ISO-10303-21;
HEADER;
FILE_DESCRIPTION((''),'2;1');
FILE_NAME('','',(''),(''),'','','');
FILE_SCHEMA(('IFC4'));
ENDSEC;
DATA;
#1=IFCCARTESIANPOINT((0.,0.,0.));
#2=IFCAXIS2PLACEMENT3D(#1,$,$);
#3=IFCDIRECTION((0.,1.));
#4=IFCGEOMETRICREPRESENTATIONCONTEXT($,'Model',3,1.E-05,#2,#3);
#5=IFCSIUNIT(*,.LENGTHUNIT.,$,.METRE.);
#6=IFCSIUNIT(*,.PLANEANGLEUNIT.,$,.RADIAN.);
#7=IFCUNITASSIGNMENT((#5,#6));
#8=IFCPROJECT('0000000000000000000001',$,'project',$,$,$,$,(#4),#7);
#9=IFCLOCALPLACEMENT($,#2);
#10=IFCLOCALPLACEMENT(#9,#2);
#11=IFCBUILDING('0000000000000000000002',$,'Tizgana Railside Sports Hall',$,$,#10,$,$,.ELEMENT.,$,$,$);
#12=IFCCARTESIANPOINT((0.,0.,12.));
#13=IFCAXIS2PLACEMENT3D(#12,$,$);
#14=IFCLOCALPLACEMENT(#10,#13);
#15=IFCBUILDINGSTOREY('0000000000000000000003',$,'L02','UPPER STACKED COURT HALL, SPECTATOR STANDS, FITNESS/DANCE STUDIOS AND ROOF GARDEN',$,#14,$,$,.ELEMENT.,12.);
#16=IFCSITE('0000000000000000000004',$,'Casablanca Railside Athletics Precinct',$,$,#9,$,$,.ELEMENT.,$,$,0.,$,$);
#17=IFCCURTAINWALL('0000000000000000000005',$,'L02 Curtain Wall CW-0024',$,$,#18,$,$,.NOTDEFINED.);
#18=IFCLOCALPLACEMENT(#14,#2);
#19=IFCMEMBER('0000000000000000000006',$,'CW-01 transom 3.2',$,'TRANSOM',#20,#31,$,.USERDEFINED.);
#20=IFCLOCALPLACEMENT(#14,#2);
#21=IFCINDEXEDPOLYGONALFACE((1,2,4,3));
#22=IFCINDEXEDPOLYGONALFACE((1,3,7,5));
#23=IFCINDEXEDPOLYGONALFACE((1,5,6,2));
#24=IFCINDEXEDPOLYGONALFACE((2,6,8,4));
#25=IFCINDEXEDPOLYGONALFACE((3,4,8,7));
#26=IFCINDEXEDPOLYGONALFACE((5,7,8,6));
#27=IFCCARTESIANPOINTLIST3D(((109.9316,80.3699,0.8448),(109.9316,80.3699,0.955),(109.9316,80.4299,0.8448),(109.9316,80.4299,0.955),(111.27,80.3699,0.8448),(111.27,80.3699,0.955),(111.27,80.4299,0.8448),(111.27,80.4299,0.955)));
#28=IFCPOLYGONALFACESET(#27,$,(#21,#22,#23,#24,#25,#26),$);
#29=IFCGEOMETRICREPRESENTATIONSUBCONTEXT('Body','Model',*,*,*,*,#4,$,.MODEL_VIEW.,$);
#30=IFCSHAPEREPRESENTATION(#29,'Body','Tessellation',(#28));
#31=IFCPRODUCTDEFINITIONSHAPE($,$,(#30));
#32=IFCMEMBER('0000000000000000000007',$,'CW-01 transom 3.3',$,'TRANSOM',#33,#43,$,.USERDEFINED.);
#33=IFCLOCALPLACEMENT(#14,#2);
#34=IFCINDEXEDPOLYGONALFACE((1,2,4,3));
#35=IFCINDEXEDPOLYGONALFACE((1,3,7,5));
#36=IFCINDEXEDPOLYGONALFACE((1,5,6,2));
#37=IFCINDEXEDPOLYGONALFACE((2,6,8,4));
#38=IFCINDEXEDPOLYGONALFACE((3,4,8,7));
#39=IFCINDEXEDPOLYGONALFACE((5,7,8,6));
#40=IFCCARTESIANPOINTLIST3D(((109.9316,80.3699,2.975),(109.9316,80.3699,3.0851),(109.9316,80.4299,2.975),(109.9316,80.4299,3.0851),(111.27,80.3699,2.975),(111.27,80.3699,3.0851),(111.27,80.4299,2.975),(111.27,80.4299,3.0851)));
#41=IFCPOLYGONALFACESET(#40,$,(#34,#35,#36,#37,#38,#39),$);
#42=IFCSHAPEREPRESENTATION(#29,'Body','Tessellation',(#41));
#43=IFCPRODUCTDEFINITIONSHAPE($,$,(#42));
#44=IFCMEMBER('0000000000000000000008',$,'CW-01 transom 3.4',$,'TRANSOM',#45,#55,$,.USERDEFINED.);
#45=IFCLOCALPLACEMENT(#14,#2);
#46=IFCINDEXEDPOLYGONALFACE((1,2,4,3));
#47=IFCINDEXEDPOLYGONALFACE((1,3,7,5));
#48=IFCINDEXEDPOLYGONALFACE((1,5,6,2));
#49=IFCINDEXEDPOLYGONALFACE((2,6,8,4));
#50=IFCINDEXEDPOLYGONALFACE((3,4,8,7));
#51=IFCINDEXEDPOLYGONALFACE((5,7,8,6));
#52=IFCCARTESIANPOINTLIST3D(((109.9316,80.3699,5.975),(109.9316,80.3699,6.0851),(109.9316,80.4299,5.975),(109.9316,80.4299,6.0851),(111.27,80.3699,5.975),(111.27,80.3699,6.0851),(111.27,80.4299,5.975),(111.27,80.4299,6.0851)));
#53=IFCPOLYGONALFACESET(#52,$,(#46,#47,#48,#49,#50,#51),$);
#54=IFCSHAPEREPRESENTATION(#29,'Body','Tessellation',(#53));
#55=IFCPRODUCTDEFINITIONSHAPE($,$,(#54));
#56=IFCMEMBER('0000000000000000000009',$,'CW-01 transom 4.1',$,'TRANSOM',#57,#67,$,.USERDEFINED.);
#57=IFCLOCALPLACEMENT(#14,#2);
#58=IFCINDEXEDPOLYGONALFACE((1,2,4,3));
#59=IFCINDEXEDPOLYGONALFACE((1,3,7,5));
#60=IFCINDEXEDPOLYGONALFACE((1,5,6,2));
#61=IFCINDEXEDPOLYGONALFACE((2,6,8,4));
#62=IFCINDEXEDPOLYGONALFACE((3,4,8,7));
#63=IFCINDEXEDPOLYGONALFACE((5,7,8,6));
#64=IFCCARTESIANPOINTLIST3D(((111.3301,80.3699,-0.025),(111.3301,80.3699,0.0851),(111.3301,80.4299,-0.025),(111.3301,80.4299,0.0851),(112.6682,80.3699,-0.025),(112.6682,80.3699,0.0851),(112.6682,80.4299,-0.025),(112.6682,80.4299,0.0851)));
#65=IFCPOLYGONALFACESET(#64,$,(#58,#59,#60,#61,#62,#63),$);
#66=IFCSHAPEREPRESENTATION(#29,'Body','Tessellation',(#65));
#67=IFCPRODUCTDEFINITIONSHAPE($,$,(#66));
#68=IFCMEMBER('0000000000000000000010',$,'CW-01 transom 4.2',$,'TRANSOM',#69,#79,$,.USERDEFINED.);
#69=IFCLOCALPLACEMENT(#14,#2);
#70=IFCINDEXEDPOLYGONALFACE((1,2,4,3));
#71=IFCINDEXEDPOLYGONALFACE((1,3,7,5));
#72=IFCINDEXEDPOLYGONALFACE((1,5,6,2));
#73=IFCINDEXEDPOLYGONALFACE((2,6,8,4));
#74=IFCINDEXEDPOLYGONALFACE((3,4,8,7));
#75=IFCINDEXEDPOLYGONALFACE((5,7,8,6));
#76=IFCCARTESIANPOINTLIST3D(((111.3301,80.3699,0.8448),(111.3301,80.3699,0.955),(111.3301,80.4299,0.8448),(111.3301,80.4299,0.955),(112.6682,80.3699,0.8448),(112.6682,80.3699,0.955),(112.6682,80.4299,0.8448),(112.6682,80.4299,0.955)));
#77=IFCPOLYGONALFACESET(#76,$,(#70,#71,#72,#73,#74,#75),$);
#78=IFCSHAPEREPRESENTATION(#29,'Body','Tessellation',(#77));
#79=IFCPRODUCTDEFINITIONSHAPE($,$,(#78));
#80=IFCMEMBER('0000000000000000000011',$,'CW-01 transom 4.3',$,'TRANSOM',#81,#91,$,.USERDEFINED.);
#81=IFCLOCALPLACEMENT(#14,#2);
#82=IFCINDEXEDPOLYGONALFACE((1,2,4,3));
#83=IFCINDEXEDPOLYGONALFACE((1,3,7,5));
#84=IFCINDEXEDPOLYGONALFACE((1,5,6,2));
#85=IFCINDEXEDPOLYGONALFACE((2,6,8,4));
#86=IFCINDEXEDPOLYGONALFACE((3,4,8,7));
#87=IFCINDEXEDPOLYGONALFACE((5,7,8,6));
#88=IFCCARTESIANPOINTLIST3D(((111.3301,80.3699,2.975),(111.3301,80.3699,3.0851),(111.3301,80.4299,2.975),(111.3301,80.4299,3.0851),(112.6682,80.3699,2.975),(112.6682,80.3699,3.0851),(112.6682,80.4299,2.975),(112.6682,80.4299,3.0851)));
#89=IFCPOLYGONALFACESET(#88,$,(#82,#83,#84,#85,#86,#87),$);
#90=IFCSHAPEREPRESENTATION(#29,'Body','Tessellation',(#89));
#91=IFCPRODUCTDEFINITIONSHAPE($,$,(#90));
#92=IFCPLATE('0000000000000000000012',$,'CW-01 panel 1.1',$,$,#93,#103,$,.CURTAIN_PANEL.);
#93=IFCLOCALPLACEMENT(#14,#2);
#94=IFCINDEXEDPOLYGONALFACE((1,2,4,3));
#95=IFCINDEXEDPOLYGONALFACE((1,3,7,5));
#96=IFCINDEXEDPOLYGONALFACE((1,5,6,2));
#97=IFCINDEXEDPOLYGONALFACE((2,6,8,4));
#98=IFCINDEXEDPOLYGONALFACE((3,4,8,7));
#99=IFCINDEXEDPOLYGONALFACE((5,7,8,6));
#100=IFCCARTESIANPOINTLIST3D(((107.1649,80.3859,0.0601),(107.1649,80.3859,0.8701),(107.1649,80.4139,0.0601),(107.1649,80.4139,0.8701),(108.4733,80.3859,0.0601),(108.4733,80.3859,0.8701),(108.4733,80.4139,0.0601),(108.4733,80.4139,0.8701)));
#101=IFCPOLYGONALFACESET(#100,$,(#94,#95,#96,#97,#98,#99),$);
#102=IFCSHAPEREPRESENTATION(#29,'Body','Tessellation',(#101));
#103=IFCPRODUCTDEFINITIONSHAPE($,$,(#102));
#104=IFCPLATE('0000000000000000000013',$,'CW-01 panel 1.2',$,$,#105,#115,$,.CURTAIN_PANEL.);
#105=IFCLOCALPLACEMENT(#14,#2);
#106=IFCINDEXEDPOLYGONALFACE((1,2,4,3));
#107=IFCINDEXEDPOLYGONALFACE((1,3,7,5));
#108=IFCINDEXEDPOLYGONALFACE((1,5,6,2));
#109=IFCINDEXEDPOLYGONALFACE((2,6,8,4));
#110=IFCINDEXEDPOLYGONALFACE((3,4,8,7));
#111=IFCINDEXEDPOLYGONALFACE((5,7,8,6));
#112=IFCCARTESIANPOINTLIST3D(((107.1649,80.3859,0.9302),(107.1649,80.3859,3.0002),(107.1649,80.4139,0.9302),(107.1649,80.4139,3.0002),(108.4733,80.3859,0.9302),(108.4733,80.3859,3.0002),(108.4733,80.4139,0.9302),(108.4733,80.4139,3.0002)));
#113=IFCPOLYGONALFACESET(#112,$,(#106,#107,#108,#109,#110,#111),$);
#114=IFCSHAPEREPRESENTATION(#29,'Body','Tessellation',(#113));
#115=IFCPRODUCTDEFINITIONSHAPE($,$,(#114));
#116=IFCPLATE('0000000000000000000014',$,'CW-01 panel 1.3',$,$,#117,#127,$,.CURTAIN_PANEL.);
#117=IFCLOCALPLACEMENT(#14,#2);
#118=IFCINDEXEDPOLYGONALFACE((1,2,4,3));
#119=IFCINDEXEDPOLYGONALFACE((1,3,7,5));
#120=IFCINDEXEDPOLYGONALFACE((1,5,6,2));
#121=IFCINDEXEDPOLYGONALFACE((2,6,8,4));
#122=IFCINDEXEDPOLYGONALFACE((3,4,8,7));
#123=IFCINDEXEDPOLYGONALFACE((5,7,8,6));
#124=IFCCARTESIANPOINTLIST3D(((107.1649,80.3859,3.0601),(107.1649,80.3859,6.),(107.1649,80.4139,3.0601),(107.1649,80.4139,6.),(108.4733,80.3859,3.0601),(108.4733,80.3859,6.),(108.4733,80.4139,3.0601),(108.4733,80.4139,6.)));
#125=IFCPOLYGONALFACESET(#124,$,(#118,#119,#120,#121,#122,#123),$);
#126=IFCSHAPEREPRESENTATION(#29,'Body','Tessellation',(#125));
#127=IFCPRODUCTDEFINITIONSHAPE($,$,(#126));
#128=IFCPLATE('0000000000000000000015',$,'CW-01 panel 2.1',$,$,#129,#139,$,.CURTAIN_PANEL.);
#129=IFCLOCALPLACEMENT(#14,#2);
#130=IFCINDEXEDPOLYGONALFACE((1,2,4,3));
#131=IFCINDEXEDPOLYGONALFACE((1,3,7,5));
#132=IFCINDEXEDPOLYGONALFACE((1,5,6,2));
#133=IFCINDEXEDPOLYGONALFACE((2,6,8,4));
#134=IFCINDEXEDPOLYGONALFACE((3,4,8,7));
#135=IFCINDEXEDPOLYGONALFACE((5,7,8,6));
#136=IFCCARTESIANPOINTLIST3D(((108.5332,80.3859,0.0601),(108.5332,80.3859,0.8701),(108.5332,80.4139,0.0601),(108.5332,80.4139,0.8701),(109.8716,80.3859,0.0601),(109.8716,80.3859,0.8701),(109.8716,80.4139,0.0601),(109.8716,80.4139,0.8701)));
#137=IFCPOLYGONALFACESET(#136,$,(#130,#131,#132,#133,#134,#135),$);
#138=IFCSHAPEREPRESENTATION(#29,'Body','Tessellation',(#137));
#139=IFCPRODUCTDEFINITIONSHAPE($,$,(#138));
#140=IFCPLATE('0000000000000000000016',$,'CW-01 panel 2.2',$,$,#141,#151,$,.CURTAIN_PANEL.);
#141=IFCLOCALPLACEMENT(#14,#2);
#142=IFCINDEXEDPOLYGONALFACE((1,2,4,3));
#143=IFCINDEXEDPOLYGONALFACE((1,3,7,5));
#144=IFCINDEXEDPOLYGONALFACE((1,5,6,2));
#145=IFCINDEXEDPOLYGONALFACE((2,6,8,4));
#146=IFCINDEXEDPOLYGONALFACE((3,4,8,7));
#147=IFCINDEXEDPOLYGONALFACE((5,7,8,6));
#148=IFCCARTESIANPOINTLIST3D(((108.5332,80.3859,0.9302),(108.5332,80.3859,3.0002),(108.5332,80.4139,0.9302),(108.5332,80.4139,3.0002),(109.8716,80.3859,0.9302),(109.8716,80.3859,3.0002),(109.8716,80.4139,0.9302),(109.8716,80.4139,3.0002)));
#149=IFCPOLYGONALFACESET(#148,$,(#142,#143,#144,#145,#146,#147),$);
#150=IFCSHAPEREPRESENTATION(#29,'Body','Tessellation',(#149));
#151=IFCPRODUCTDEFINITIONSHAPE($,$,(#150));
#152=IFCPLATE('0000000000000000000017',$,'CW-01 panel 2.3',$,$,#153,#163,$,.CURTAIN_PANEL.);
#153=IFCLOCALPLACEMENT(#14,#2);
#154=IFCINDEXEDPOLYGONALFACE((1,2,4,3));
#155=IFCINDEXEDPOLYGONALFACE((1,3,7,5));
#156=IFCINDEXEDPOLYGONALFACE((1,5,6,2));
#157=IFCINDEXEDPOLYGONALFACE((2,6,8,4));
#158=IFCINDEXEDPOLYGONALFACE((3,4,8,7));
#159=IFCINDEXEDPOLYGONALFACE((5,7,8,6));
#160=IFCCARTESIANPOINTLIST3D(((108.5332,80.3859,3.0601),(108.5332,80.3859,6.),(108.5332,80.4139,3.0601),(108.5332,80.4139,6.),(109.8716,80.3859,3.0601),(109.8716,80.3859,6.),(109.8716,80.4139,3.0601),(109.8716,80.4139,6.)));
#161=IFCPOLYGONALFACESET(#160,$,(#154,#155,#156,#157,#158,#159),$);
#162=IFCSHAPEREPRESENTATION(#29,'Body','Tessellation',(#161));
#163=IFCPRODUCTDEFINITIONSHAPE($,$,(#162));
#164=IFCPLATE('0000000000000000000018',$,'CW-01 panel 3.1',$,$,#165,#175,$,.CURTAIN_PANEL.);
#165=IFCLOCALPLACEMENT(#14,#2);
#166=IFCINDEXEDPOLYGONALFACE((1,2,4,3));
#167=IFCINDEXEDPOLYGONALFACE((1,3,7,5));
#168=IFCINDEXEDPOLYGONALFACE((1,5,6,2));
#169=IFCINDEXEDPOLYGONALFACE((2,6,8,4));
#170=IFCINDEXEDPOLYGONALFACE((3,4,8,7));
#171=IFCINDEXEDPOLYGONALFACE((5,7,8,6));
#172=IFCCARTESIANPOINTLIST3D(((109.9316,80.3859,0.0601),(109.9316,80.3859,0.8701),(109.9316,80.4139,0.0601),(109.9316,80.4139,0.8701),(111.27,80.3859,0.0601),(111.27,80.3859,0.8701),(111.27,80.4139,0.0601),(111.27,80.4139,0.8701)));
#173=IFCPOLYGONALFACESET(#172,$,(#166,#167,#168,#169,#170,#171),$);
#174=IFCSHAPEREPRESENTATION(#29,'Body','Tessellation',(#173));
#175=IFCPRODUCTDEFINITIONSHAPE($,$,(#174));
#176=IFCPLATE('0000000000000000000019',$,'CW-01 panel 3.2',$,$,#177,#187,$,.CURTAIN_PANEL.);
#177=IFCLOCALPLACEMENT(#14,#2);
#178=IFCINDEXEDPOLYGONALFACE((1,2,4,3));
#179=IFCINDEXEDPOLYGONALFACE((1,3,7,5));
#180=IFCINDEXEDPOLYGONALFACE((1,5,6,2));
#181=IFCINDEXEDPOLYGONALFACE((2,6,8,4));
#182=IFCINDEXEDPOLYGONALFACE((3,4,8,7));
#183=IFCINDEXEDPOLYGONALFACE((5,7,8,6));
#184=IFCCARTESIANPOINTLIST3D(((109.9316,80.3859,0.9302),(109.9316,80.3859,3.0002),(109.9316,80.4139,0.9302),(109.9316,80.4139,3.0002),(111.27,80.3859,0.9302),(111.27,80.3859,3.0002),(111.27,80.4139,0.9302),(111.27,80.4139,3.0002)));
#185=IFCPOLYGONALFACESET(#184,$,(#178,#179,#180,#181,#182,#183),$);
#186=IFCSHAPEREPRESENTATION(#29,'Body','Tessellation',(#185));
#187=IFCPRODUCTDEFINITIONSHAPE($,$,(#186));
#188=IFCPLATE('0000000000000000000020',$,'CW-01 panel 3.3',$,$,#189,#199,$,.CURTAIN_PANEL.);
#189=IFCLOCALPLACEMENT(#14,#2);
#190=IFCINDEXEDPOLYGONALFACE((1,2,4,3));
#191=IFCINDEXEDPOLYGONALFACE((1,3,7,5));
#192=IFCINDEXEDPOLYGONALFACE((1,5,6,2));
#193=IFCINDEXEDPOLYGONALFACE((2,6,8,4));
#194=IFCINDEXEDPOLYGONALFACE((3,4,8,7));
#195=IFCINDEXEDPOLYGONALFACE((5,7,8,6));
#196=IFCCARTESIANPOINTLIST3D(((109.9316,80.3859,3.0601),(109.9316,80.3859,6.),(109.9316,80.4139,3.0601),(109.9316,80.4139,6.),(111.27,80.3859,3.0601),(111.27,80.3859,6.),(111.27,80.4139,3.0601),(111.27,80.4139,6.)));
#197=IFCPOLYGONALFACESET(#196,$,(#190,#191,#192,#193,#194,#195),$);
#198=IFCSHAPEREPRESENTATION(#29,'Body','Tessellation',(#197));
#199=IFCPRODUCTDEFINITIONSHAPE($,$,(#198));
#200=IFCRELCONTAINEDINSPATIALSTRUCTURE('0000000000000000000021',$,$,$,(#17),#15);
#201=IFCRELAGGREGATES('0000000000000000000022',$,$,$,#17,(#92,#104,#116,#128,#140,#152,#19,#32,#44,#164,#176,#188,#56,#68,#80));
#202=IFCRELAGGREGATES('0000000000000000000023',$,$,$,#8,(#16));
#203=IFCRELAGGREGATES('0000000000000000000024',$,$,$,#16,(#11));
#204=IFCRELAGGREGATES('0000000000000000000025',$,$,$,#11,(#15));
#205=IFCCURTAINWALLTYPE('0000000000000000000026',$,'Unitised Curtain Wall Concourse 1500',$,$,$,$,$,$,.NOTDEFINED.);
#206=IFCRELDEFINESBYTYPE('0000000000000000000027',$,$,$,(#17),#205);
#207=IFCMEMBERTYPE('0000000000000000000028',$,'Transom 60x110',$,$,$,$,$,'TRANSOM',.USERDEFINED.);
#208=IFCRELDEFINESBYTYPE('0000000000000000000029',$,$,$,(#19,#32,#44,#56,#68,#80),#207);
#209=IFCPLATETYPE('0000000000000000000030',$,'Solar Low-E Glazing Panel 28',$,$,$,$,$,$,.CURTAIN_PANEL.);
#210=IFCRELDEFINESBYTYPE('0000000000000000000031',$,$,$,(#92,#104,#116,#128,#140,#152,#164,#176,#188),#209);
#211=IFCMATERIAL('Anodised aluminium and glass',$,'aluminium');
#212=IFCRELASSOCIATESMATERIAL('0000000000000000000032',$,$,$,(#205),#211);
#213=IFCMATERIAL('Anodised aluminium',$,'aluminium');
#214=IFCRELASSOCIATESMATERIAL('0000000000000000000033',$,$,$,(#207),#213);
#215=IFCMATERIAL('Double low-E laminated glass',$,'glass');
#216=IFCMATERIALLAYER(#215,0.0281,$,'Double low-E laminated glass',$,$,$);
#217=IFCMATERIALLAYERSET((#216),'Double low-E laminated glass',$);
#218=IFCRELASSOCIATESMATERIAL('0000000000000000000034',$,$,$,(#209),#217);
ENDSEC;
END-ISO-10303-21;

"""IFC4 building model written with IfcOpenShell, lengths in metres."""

from ifc_helpers import new_model, si_unit, direction, frame, origin, origin_2d, place, context, subcontext, project, spatial, rectangle, extrude, material, layer, layer_set, material_profile, profile_set, type_object, element, aggregate, save


model = new_model("IFC4")

# Units and contexts
model_context = context("Model", 3, precision=1e-05, world=origin(), true_north=direction((0.0, 1.0)))
body_context = subcontext(model_context, "Body", "Model", "MODEL_VIEW")
ifc_project = project(units=[si_unit("LENGTHUNIT", "METRE"), si_unit("PLANEANGLEUNIT", "RADIAN")], contexts=[model_context])

# Site, building, storey
site_placement = place(None, origin())
site = spatial("IfcSite", under=ifc_project, at=site_placement, Name="Casablanca Railside Athletics Precinct", CompositionType="ELEMENT", RefElevation=0.0)
building_placement = place(site_placement, origin())
building = spatial("IfcBuilding", under=site, at=building_placement, Name="Tizgana Railside Sports Hall", CompositionType="ELEMENT")
storey_placement = place(building_placement, frame((0.0, 0.0, 12.0)))
storey = spatial("IfcBuildingStorey", under=building, at=storey_placement, Name="L02", Description="UPPER STACKED COURT HALL, SPECTATOR STANDS, FITNESS/DANCE STUDIOS AND ROOF GARDEN", CompositionType="ELEMENT", Elevation=12.0)

# Curtain wall, members, plates
ifc_material_1 = material(Name="Anodised aluminium and glass", Category="aluminium")
curtain_wall_type = type_object("IfcCurtainWallType", Name="Unitised Curtain Wall Concourse 1500", PredefinedType="NOTDEFINED", material=ifc_material_1)
curtain_wall_placement = place(storey_placement, origin())
curtain_wall = element("IfcCurtainWall", 1, at=curtain_wall_placement, inside=storey, type_object=curtain_wall_type, Name="L02 Curtain Wall CW-0024", PredefinedType="NOTDEFINED")
ifc_material_2 = material(Name="Anodised aluminium", Category="aluminium")
ifc_material_profile_1 = material_profile(ifc_material_2, rectangle(XDim=0.0601, YDim=0.1101, at=origin_2d()), Name="Transom 60x110")
ifc_profile_set_1 = profile_set([ifc_material_profile_1], Name="Anodised aluminium")
member_type_1 = type_object("IfcMemberType", Name="Transom 60x110", ElementType="TRANSOM", PredefinedType="USERDEFINED", material=ifc_profile_set_1)
member_1_placement = place(storey_placement, frame((109.9316, 80.3999, 0.8999), z_axis=(1.0, 0.0, 0.0), x_axis=(0.0, 1.0, 0.0)))
member_1 = element("IfcMember", 2, at=member_1_placement, type_object=member_type_1, Name="CW-01 transom 3.2", ObjectType="TRANSOM", PredefinedType="USERDEFINED", context=body_context, shape_type="SweptSolid", body=[
    extrude(rectangle(XDim=0.0601, YDim=0.1101, at=origin_2d()), origin(), (0.0, 0.0, 1.0), 1.3384),
])
member_2_placement = place(storey_placement, frame((109.9316, 80.3999, 3.03), z_axis=(1.0, 0.0, 0.0), x_axis=(0.0, 1.0, 0.0)))
member_2 = element("IfcMember", 3, at=member_2_placement, type_object=member_type_1, Name="CW-01 transom 3.3", ObjectType="TRANSOM", PredefinedType="USERDEFINED", context=body_context, shape_type="SweptSolid", body=[
    extrude(rectangle(XDim=0.0601, YDim=0.1101, at=origin_2d()), origin(), (0.0, 0.0, 1.0), 1.3384),
])
member_3_placement = place(storey_placement, frame((109.9316, 80.3999, 6.03), z_axis=(1.0, 0.0, 0.0), x_axis=(0.0, 1.0, 0.0)))
member_3 = element("IfcMember", 4, at=member_3_placement, type_object=member_type_1, Name="CW-01 transom 3.4", ObjectType="TRANSOM", PredefinedType="USERDEFINED", context=body_context, shape_type="SweptSolid", body=[
    extrude(rectangle(XDim=0.0601, YDim=0.1101, at=origin_2d()), origin(), (0.0, 0.0, 1.0), 1.3384),
])
member_4_placement = place(storey_placement, frame((111.3301, 80.3999, 0.03), z_axis=(1.0, 0.0, 0.0), x_axis=(0.0, 1.0, 0.0)))
member_4 = element("IfcMember", 5, at=member_4_placement, type_object=member_type_1, Name="CW-01 transom 4.1", ObjectType="TRANSOM", PredefinedType="USERDEFINED", context=body_context, shape_type="SweptSolid", body=[
    extrude(rectangle(XDim=0.0601, YDim=0.1101, at=origin_2d()), origin(), (0.0, 0.0, 1.0), 1.3381),
])
member_5_placement = place(storey_placement, frame((111.3301, 80.3999, 0.8999), z_axis=(1.0, 0.0, 0.0), x_axis=(0.0, 1.0, 0.0)))
member_5 = element("IfcMember", 6, at=member_5_placement, type_object=member_type_1, Name="CW-01 transom 4.2", ObjectType="TRANSOM", PredefinedType="USERDEFINED", context=body_context, shape_type="SweptSolid", body=[
    extrude(rectangle(XDim=0.0601, YDim=0.1101, at=origin_2d()), origin(), (0.0, 0.0, 1.0), 1.3381),
])
member_6_placement = place(storey_placement, frame((111.3301, 80.3999, 3.03), z_axis=(1.0, 0.0, 0.0), x_axis=(0.0, 1.0, 0.0)))
member_6 = element("IfcMember", 7, at=member_6_placement, type_object=member_type_1, Name="CW-01 transom 4.3", ObjectType="TRANSOM", PredefinedType="USERDEFINED", context=body_context, shape_type="SweptSolid", body=[
    extrude(rectangle(XDim=0.0601, YDim=0.1101, at=origin_2d()), origin(), (0.0, 0.0, 1.0), 1.3381),
])
ifc_material_3 = material(Name="Double low-E laminated glass", Category="glass")
ifc_layer_1 = layer(ifc_material_3, 0.0281, Name="Double low-E laminated glass")
ifc_layer_set_1 = layer_set([ifc_layer_1], Name="Double low-E laminated glass")
plate_type = type_object("IfcPlateType", Name="Solar Low-E Glazing Panel 28", PredefinedType="CURTAIN_PANEL", material=ifc_layer_set_1)
plate_1_placement = place(storey_placement, frame((107.8191, 80.3999, 0.0601), z_axis=(0.0, 0.0, 1.0), x_axis=(1.0, 0.0, 0.0)))
plate_1 = element("IfcPlate", 8, at=plate_1_placement, type_object=plate_type, Name="CW-01 panel 1.1", PredefinedType="CURTAIN_PANEL", context=body_context, shape_type="SweptSolid", body=[
    extrude(rectangle(XDim=1.3083, YDim=0.0281, at=origin_2d()), origin(), (0.0, 0.0, 1.0), 0.8101),
])
plate_2_placement = place(storey_placement, frame((107.8191, 80.3999, 0.9302), z_axis=(0.0, 0.0, 1.0), x_axis=(1.0, 0.0, 0.0)))
plate_2 = element("IfcPlate", 9, at=plate_2_placement, type_object=plate_type, Name="CW-01 panel 1.2", PredefinedType="CURTAIN_PANEL", context=body_context, shape_type="SweptSolid", body=[
    extrude(rectangle(XDim=1.3083, YDim=0.0281, at=origin_2d()), origin(), (0.0, 0.0, 1.0), 2.0701),
])
plate_3_placement = place(storey_placement, frame((107.8191, 80.3999, 3.0601), z_axis=(0.0, 0.0, 1.0), x_axis=(1.0, 0.0, 0.0)))
plate_3 = element("IfcPlate", 10, at=plate_3_placement, type_object=plate_type, Name="CW-01 panel 1.3", PredefinedType="CURTAIN_PANEL", context=body_context, shape_type="SweptSolid", body=[
    extrude(rectangle(XDim=1.3083, YDim=0.0281, at=origin_2d()), origin(), (0.0, 0.0, 1.0), 2.9399),
])
plate_4_placement = place(storey_placement, frame((109.2024, 80.3999, 0.0601), z_axis=(0.0, 0.0, 1.0), x_axis=(1.0, 0.0, 0.0)))
plate_4 = element("IfcPlate", 11, at=plate_4_placement, type_object=plate_type, Name="CW-01 panel 2.1", PredefinedType="CURTAIN_PANEL", context=body_context, shape_type="SweptSolid", body=[
    extrude(rectangle(XDim=1.3384, YDim=0.0281, at=origin_2d()), origin(), (0.0, 0.0, 1.0), 0.8101),
])
plate_5_placement = place(storey_placement, frame((109.2024, 80.3999, 0.9302), z_axis=(0.0, 0.0, 1.0), x_axis=(1.0, 0.0, 0.0)))
plate_5 = element("IfcPlate", 12, at=plate_5_placement, type_object=plate_type, Name="CW-01 panel 2.2", PredefinedType="CURTAIN_PANEL", context=body_context, shape_type="SweptSolid", body=[
    extrude(rectangle(XDim=1.3384, YDim=0.0281, at=origin_2d()), origin(), (0.0, 0.0, 1.0), 2.0701),
])
plate_6_placement = place(storey_placement, frame((109.2024, 80.3999, 3.0601), z_axis=(0.0, 0.0, 1.0), x_axis=(1.0, 0.0, 0.0)))
plate_6 = element("IfcPlate", 13, at=plate_6_placement, type_object=plate_type, Name="CW-01 panel 2.3", PredefinedType="CURTAIN_PANEL", context=body_context, shape_type="SweptSolid", body=[
    extrude(rectangle(XDim=1.3384, YDim=0.0281, at=origin_2d()), origin(), (0.0, 0.0, 1.0), 2.9399),
])
plate_7_placement = place(storey_placement, frame((110.6008, 80.3999, 0.0601), z_axis=(0.0, 0.0, 1.0), x_axis=(1.0, 0.0, 0.0)))
plate_7 = element("IfcPlate", 14, at=plate_7_placement, type_object=plate_type, Name="CW-01 panel 3.1", PredefinedType="CURTAIN_PANEL", context=body_context, shape_type="SweptSolid", body=[
    extrude(rectangle(XDim=1.3384, YDim=0.0281, at=origin_2d()), origin(), (0.0, 0.0, 1.0), 0.8101),
])
plate_8_placement = place(storey_placement, frame((110.6008, 80.3999, 0.9302), z_axis=(0.0, 0.0, 1.0), x_axis=(1.0, 0.0, 0.0)))
plate_8 = element("IfcPlate", 15, at=plate_8_placement, type_object=plate_type, Name="CW-01 panel 3.2", PredefinedType="CURTAIN_PANEL", context=body_context, shape_type="SweptSolid", body=[
    extrude(rectangle(XDim=1.3384, YDim=0.0281, at=origin_2d()), origin(), (0.0, 0.0, 1.0), 2.0701),
])
plate_9_placement = place(storey_placement, frame((110.6008, 80.3999, 3.0601), z_axis=(0.0, 0.0, 1.0), x_axis=(1.0, 0.0, 0.0)))
plate_9 = element("IfcPlate", 16, at=plate_9_placement, type_object=plate_type, Name="CW-01 panel 3.3", PredefinedType="CURTAIN_PANEL", context=body_context, shape_type="SweptSolid", body=[
    extrude(rectangle(XDim=1.3384, YDim=0.0281, at=origin_2d()), origin(), (0.0, 0.0, 1.0), 2.9399),
])
aggregate(curtain_wall, [plate_1, plate_2, plate_3, plate_4, plate_5, plate_6, member_1, member_2, member_3, plate_7, plate_8, plate_9, member_4, member_5, member_6])

save(model, "model.ifc")
